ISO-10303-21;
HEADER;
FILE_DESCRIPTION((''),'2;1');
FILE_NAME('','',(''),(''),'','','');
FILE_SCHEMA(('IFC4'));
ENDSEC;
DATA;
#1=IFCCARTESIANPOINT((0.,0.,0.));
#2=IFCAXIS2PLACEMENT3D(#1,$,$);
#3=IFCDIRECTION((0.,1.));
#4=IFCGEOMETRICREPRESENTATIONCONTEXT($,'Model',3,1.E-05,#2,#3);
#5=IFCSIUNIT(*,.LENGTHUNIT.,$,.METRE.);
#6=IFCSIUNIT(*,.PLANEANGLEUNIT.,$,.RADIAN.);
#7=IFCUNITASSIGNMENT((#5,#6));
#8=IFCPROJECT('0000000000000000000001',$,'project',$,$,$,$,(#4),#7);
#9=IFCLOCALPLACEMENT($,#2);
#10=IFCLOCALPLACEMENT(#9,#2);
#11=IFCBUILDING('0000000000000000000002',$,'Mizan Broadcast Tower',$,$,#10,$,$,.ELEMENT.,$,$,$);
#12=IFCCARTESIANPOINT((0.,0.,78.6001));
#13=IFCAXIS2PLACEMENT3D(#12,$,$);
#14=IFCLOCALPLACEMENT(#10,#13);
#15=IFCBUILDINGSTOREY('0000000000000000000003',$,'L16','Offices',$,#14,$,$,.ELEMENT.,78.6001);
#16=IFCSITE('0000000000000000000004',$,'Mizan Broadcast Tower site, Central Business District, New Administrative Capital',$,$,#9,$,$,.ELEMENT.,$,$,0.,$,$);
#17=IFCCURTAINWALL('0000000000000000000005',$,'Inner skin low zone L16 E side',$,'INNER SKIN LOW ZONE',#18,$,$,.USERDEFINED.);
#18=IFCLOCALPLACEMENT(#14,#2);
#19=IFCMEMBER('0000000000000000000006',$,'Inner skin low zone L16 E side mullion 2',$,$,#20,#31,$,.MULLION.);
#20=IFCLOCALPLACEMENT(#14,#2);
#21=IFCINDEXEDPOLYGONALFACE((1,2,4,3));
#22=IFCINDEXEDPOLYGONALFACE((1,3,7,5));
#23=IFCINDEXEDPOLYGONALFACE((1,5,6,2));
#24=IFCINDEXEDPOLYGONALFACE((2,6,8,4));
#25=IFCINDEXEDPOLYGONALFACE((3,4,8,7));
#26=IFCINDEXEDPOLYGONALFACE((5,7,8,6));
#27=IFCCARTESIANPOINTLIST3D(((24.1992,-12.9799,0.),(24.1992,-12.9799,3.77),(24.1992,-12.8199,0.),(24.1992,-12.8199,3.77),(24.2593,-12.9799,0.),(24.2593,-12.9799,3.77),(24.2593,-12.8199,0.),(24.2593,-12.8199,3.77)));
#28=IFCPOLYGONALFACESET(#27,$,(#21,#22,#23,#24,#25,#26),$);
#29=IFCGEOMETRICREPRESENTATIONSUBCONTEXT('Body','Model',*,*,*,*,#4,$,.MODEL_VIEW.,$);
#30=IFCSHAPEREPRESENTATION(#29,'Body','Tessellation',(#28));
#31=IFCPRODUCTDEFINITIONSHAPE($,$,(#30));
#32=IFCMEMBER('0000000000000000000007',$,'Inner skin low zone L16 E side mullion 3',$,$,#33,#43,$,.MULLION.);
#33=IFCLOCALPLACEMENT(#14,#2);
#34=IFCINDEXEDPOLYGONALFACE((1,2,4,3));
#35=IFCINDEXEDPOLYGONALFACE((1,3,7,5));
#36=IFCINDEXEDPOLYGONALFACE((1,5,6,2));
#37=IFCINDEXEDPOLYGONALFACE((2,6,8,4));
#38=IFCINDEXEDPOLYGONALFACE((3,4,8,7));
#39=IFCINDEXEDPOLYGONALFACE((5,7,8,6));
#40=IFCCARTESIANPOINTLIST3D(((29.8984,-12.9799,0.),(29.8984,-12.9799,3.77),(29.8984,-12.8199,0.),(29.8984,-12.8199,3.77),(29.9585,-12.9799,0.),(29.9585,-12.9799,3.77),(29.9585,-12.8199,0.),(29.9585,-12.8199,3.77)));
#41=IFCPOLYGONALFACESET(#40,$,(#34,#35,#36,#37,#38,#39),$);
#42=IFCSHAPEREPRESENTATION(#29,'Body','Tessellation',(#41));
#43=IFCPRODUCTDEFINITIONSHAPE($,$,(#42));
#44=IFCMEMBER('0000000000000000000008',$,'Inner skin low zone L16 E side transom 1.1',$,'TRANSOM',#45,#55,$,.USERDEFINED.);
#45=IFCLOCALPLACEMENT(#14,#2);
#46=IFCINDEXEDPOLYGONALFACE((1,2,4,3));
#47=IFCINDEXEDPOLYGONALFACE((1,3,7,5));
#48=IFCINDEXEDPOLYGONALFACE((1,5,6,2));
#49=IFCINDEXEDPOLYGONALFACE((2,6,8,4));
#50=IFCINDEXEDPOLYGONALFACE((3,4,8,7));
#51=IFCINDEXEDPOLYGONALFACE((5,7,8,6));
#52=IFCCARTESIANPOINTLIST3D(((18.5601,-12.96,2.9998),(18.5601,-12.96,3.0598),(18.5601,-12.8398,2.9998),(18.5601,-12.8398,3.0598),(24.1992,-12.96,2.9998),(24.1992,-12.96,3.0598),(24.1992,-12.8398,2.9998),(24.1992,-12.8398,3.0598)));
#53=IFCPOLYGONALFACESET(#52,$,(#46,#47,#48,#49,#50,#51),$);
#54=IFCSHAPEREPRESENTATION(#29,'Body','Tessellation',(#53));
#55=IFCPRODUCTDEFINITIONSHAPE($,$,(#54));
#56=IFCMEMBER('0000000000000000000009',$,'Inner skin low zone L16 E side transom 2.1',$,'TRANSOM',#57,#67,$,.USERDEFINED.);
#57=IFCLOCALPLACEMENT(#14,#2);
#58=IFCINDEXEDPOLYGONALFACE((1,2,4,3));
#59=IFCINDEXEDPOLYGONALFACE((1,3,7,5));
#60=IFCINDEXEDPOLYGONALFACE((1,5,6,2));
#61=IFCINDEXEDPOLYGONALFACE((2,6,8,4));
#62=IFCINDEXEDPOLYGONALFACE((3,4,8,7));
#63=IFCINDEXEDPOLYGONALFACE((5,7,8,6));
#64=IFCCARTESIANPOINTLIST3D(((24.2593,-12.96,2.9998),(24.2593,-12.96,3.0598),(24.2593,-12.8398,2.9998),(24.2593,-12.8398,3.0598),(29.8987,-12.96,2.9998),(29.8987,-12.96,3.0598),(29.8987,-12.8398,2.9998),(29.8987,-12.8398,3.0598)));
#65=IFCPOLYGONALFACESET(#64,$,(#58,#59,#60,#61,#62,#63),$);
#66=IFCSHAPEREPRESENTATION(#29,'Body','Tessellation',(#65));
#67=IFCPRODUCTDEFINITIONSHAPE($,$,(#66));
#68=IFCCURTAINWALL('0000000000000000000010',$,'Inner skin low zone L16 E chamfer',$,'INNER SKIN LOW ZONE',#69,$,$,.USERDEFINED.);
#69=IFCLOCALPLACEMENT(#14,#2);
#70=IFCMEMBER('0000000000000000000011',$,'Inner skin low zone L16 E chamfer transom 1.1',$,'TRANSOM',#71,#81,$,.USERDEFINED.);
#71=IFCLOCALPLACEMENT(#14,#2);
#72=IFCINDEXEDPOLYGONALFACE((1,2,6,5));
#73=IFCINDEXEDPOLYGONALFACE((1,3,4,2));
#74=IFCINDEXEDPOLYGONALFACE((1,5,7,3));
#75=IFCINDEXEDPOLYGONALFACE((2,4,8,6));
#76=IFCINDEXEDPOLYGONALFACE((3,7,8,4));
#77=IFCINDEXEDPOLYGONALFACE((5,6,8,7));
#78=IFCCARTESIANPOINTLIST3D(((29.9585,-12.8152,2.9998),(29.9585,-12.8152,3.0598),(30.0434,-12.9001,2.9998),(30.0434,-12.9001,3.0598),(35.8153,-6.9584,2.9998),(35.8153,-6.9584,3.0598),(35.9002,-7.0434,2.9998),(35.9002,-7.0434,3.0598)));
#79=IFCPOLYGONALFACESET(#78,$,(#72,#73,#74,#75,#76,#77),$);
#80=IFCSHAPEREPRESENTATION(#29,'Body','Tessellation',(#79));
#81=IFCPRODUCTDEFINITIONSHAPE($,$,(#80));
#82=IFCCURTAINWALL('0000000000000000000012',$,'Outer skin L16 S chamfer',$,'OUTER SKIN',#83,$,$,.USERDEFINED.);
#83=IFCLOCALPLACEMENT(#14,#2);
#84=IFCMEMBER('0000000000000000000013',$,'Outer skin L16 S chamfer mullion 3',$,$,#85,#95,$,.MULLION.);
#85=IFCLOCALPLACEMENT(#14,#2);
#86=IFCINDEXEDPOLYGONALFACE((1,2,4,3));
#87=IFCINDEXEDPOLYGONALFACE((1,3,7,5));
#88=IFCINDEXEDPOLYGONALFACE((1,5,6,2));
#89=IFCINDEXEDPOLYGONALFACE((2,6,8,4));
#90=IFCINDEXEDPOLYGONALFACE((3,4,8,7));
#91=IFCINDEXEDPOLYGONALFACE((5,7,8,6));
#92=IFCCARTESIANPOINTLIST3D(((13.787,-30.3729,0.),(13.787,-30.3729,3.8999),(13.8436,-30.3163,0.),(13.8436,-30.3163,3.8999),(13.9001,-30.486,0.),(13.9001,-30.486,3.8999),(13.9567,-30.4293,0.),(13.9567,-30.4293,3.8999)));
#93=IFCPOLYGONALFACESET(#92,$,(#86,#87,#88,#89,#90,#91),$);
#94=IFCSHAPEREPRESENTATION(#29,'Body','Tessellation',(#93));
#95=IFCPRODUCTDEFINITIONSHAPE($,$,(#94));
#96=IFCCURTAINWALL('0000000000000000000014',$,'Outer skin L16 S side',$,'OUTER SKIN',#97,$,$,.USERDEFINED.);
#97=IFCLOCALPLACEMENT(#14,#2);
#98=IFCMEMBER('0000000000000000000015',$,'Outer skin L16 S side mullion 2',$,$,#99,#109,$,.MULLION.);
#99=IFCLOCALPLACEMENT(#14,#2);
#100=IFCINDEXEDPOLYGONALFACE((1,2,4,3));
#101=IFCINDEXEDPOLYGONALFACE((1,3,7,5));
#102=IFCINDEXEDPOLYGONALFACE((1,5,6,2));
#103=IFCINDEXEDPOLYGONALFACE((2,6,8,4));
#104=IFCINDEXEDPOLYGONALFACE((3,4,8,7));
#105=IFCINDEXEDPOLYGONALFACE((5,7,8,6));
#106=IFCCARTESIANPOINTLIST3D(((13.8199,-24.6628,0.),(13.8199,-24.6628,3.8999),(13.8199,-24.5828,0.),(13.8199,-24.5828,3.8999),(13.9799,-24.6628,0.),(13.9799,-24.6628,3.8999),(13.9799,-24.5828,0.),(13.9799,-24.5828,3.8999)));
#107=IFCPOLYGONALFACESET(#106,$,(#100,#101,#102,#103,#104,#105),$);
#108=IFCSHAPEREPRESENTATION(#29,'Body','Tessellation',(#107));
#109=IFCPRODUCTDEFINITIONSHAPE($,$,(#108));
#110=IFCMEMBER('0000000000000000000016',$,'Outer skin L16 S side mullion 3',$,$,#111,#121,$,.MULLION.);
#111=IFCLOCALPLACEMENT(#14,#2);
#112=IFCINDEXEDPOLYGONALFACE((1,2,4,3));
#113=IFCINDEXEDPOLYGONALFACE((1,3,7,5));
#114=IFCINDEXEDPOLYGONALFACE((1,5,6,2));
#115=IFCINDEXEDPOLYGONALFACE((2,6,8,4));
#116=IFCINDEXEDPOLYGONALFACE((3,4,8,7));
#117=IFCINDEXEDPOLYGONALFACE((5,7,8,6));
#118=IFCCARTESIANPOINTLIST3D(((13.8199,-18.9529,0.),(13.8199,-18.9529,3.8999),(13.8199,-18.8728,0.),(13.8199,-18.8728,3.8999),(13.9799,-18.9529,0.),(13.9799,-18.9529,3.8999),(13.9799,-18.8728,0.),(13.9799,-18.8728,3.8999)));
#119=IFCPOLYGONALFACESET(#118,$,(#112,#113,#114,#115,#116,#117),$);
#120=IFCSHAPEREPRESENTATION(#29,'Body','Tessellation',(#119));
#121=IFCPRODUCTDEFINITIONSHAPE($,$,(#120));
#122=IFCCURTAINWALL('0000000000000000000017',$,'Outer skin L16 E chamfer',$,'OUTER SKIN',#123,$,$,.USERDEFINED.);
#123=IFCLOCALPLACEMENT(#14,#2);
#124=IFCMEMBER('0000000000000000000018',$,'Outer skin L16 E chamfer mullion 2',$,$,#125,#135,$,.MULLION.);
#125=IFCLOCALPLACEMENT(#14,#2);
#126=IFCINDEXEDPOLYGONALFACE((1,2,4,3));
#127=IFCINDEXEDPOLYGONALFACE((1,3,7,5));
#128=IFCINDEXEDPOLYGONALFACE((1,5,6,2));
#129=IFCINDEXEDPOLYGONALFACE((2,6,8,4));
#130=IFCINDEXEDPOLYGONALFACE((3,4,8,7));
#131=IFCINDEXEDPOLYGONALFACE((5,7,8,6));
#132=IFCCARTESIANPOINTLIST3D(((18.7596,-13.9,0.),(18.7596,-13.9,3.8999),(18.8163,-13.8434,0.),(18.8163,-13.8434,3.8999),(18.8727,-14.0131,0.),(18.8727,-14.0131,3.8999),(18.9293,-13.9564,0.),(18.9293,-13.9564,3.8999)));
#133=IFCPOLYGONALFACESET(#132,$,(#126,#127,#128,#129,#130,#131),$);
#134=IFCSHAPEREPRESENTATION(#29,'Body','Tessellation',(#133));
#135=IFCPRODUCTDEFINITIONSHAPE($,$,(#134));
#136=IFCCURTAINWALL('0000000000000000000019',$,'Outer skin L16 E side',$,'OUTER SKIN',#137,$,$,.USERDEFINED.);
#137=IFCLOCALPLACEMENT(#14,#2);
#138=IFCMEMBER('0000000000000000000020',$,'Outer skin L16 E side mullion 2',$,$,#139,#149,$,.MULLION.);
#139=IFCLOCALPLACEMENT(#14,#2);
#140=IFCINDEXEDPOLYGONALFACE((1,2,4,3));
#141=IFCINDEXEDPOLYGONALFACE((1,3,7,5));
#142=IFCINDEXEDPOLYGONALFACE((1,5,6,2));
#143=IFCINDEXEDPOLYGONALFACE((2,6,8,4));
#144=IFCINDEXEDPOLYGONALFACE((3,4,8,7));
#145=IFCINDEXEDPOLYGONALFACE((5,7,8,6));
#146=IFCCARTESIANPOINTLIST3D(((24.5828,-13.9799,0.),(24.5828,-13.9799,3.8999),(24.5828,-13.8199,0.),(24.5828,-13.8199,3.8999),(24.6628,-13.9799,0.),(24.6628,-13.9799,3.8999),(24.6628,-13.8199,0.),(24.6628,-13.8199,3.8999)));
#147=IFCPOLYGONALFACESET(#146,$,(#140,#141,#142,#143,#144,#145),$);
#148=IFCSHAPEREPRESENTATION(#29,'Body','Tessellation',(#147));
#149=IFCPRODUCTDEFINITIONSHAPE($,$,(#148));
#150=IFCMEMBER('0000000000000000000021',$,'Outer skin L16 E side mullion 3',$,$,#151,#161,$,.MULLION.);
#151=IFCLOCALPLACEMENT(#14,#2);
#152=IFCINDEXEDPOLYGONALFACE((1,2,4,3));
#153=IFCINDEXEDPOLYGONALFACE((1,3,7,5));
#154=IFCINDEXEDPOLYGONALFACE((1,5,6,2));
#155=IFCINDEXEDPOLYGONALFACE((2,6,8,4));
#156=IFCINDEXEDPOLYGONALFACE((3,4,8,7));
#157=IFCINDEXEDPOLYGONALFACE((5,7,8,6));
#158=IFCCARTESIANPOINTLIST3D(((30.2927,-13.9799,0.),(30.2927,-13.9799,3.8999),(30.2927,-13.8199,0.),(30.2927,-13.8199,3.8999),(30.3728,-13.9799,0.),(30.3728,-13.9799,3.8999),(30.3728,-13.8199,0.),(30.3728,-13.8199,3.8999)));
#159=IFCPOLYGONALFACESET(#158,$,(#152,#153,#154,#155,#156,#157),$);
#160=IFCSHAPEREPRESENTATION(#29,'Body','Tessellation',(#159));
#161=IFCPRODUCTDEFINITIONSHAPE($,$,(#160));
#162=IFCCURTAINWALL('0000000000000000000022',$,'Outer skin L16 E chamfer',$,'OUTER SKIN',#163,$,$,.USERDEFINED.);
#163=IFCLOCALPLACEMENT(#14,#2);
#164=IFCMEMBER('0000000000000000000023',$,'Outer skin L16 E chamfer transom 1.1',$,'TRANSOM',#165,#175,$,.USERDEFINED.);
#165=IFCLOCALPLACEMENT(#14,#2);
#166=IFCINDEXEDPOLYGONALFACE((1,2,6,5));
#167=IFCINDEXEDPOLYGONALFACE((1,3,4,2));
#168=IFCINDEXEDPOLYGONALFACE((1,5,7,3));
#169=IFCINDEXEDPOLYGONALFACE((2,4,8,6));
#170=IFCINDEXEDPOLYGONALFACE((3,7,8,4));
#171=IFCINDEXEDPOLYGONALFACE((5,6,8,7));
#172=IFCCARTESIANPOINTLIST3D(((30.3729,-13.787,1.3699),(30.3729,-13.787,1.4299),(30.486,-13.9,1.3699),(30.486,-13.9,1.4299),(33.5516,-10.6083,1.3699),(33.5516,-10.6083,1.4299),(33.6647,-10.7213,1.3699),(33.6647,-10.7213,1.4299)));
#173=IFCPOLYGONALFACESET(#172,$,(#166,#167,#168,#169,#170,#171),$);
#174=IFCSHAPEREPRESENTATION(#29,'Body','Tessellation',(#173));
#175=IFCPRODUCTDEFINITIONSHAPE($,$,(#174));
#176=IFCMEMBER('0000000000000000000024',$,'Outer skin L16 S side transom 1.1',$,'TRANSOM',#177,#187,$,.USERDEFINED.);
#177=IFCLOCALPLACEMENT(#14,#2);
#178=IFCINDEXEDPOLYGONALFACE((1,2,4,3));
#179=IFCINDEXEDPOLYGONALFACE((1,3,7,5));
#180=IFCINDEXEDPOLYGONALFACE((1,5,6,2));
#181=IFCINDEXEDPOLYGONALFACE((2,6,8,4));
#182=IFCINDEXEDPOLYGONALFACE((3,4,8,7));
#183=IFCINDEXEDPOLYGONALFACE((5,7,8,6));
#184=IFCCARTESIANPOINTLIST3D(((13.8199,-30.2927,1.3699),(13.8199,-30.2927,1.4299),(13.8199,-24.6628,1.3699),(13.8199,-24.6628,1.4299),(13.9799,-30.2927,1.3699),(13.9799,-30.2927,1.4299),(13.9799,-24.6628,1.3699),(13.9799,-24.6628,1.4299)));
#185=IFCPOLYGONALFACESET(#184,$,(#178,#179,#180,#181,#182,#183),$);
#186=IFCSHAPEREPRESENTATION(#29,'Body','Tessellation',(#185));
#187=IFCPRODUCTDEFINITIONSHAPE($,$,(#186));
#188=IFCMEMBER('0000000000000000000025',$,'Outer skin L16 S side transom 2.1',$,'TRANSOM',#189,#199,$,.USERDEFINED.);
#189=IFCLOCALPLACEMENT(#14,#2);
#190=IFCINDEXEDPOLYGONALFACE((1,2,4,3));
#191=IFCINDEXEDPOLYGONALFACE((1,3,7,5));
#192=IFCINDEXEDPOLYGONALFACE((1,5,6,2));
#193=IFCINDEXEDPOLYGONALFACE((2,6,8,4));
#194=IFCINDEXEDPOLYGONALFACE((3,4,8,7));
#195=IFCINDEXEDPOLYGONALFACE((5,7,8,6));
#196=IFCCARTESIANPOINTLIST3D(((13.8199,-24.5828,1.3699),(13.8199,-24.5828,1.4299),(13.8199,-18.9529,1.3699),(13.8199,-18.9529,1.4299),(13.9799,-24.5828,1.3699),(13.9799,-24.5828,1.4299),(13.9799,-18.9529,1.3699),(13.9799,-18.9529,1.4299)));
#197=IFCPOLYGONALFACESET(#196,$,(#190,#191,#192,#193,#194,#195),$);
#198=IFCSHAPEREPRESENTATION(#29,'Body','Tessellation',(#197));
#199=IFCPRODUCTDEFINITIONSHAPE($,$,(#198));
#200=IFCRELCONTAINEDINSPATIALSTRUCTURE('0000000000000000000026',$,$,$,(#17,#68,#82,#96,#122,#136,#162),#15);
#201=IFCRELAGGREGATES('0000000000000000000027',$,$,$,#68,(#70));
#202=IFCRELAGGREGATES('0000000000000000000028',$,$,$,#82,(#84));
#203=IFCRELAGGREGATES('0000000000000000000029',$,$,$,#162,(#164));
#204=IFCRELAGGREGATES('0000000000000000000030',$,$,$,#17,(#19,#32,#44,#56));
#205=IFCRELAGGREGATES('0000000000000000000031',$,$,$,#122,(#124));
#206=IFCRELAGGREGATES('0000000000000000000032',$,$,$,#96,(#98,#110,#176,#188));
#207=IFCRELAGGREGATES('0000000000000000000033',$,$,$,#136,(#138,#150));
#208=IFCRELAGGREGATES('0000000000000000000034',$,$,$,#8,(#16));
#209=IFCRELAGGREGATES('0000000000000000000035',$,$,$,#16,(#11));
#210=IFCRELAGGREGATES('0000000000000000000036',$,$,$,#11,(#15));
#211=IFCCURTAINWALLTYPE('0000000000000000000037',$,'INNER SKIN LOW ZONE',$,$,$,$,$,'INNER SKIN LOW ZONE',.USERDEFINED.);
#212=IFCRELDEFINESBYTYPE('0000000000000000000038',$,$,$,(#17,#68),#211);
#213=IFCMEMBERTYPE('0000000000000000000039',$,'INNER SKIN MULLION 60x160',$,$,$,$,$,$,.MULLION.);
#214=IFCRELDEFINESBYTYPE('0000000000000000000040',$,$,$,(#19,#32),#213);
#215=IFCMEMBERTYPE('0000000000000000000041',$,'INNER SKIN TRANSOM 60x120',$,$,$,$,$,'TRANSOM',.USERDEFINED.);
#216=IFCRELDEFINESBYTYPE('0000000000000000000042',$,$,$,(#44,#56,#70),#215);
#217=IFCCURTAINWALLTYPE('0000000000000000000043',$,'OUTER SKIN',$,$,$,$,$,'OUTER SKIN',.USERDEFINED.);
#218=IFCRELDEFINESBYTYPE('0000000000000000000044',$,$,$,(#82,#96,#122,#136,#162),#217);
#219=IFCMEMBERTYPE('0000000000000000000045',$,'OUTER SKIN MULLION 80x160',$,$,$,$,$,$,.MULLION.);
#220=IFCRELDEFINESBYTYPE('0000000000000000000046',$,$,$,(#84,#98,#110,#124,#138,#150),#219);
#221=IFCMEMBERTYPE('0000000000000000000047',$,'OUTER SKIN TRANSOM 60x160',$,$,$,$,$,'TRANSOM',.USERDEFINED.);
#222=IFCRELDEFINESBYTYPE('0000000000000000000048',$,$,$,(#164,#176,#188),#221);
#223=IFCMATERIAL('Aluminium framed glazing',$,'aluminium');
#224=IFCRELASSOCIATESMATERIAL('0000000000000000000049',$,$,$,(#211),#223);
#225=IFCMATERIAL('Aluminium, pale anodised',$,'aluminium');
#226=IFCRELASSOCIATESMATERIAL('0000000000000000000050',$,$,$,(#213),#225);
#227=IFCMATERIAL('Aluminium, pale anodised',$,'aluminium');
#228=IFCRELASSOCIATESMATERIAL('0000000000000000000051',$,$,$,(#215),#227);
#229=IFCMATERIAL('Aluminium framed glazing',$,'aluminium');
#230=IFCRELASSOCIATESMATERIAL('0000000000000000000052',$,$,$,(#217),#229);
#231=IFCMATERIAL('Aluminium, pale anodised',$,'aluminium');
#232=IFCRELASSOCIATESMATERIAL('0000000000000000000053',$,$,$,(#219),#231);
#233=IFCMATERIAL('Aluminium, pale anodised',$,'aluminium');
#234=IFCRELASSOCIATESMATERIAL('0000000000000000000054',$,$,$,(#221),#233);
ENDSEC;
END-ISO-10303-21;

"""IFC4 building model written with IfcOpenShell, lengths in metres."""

from ifc_helpers import new_model, si_unit, direction, frame, origin, origin_2d, place, context, subcontext, project, spatial, rectangle, extrude, material, material_profile, profile_set, type_object, element, aggregate, save


model = new_model("IFC4")

# Units and contexts
model_context = context("Model", 3, precision=1e-05, world=origin(), true_north=direction((0.0, 1.0)))
body_context = subcontext(model_context, "Body", "Model", "MODEL_VIEW")
ifc_project = project(units=[si_unit("LENGTHUNIT", "METRE"), si_unit("PLANEANGLEUNIT", "RADIAN")], contexts=[model_context])

# Site, building, storey
site_placement = place(None, origin())
site = spatial("IfcSite", under=ifc_project, at=site_placement, Name="Mizan Broadcast Tower site, Central Business District, New Administrative Capital", CompositionType="ELEMENT", RefElevation=0.0)
building_placement = place(site_placement, origin())
building = spatial("IfcBuilding", under=site, at=building_placement, Name="Mizan Broadcast Tower", CompositionType="ELEMENT")
storey_placement = place(building_placement, frame((0.0, 0.0, 78.6001)))
storey = spatial("IfcBuildingStorey", under=building, at=storey_placement, Name="L16", Description="Offices", CompositionType="ELEMENT", Elevation=78.6001)

# Curtain wall, members
ifc_material_1 = material(Name="Aluminium framed glazing", Category="aluminium")
curtain_wall_type_1 = type_object("IfcCurtainWallType", Name="INNER SKIN LOW ZONE", ElementType="INNER SKIN LOW ZONE", PredefinedType="USERDEFINED", material=ifc_material_1)
curtain_wall_1_placement = place(storey_placement, origin())
curtain_wall_1 = element("IfcCurtainWall", 1, at=curtain_wall_1_placement, inside=storey, type_object=curtain_wall_type_1, Name="Inner skin low zone L16 E side", ObjectType="INNER SKIN LOW ZONE", PredefinedType="USERDEFINED")
ifc_material_2 = material(Name="Aluminium, pale anodised", Category="aluminium")
ifc_material_profile_1 = material_profile(ifc_material_2, rectangle(XDim=0.1599, YDim=0.0601, at=origin_2d()), Name="MULLION 160x60")
ifc_profile_set_1 = profile_set([ifc_material_profile_1], Name="Aluminium, pale anodised")
member_type_1 = type_object("IfcMemberType", Name="INNER SKIN MULLION 60x160", PredefinedType="MULLION", material=ifc_profile_set_1)
member_1_placement = place(storey_placement, frame((24.2292, -12.8999, 0.0), z_axis=(0.0, 0.0, 1.0), x_axis=(0.0, 1.0, 0.0)))
member_1 = element("IfcMember", 2, at=member_1_placement, type_object=member_type_1, Name="Inner skin low zone L16 E side mullion 2", PredefinedType="MULLION", context=body_context, shape_type="SweptSolid", body=[
    extrude(rectangle(XDim=0.1599, YDim=0.0601, at=origin_2d()), origin(), (0.0, 0.0, 1.0), 3.77),
])
member_2_placement = place(storey_placement, frame((29.9285, -12.8999, 0.0), z_axis=(0.0, 0.0, 1.0), x_axis=(0.0, 1.0, 0.0)))
member_2 = element("IfcMember", 3, at=member_2_placement, type_object=member_type_1, Name="Inner skin low zone L16 E side mullion 3", PredefinedType="MULLION", context=body_context, shape_type="SweptSolid", body=[
    extrude(rectangle(XDim=0.1599, YDim=0.0601, at=origin_2d()), origin(), (0.0, 0.0, 1.0), 3.77),
])
ifc_material_3 = material(Name="Aluminium, pale anodised", Category="aluminium")
ifc_material_profile_2 = material_profile(ifc_material_3, rectangle(XDim=0.1201, YDim=0.0601, at=origin_2d()), Name="TRANSOM 120x60")
ifc_profile_set_2 = profile_set([ifc_material_profile_2], Name="Aluminium, pale anodised")
member_type_2 = type_object("IfcMemberType", Name="INNER SKIN TRANSOM 60x120", ElementType="TRANSOM", PredefinedType="USERDEFINED", material=ifc_profile_set_2)
member_3_placement = place(storey_placement, frame((18.5601, -12.8999, 3.0298), z_axis=(1.0, 0.0, 0.0), x_axis=(0.0, 1.0, 0.0)))
member_3 = element("IfcMember", 4, at=member_3_placement, type_object=member_type_2, Name="Inner skin low zone L16 E side transom 1.1", ObjectType="TRANSOM", PredefinedType="USERDEFINED", context=body_context, shape_type="SweptSolid", body=[
    extrude(rectangle(XDim=0.1201, YDim=0.0601, at=origin_2d()), origin(), (0.0, 0.0, 1.0), 5.6392),
])
member_4_placement = place(storey_placement, frame((24.2593, -12.8999, 3.0298), z_axis=(1.0, 0.0, 0.0), x_axis=(0.0, 1.0, 0.0)))
member_4 = element("IfcMember", 5, at=member_4_placement, type_object=member_type_2, Name="Inner skin low zone L16 E side transom 2.1", ObjectType="TRANSOM", PredefinedType="USERDEFINED", context=body_context, shape_type="SweptSolid", body=[
    extrude(rectangle(XDim=0.1201, YDim=0.0601, at=origin_2d()), origin(), (0.0, 0.0, 1.0), 5.6394),
])

# Curtain walls, members
curtain_wall_2_placement = place(storey_placement, origin())
curtain_wall_2 = element("IfcCurtainWall", 6, at=curtain_wall_2_placement, inside=storey, type_object=curtain_wall_type_1, Name="Inner skin low zone L16 E chamfer", ObjectType="INNER SKIN LOW ZONE", PredefinedType="USERDEFINED")
member_5_placement = place(storey_placement, frame((30.001, -12.8577, 3.0298), z_axis=(0.707107, 0.707107, 0.0), x_axis=(-0.707107, 0.707107, 0.0)))
member_5 = element("IfcMember", 7, at=member_5_placement, type_object=member_type_2, Name="Inner skin low zone L16 E chamfer transom 1.1", ObjectType="TRANSOM", PredefinedType="USERDEFINED", context=body_context, shape_type="SweptSolid", body=[
    extrude(rectangle(XDim=0.1201, YDim=0.0601, at=origin_2d()), origin(), (0.0, 0.0, 1.0), 8.2827),
])
aggregate(curtain_wall_2, [member_5])
ifc_material_4 = material(Name="Aluminium framed glazing", Category="aluminium")
curtain_wall_type_2 = type_object("IfcCurtainWallType", Name="OUTER SKIN", ElementType="OUTER SKIN", PredefinedType="USERDEFINED", material=ifc_material_4)
curtain_wall_3_placement = place(storey_placement, origin())
curtain_wall_3 = element("IfcCurtainWall", 8, at=curtain_wall_3_placement, inside=storey, type_object=curtain_wall_type_2, Name="Outer skin L16 S chamfer", ObjectType="OUTER SKIN", PredefinedType="USERDEFINED")
ifc_material_5 = material(Name="Aluminium, pale anodised", Category="aluminium")
ifc_material_profile_3 = material_profile(ifc_material_5, rectangle(XDim=0.1599, YDim=0.0801, at=origin_2d()), Name="MULLION 160x80")
ifc_profile_set_3 = profile_set([ifc_material_profile_3], Name="Aluminium, pale anodised")
member_type_3 = type_object("IfcMemberType", Name="OUTER SKIN MULLION 80x160", PredefinedType="MULLION", material=ifc_profile_set_3)
member_6_placement = place(storey_placement, frame((13.8718, -30.4011, 0.0), z_axis=(0.0, 0.0, 1.0), x_axis=(-0.707107, 0.707107, 0.0)))
member_6 = element("IfcMember", 9, at=member_6_placement, type_object=member_type_3, Name="Outer skin L16 S chamfer mullion 3", PredefinedType="MULLION", context=body_context, shape_type="SweptSolid", body=[
    extrude(rectangle(XDim=0.1599, YDim=0.0801, at=origin_2d()), origin(), (0.0, 0.0, 1.0), 3.8999),
])
aggregate(curtain_wall_3, [member_6])

# Curtain wall, members
curtain_wall_4_placement = place(storey_placement, origin())
curtain_wall_4 = element("IfcCurtainWall", 10, at=curtain_wall_4_placement, inside=storey, type_object=curtain_wall_type_2, Name="Outer skin L16 S side", ObjectType="OUTER SKIN", PredefinedType="USERDEFINED")
member_7_placement = place(storey_placement, frame((13.8999, -24.6228, 0.0), z_axis=(0.0, 0.0, 1.0), x_axis=(-1.0, 0.0, 0.0)))
member_7 = element("IfcMember", 11, at=member_7_placement, type_object=member_type_3, Name="Outer skin L16 S side mullion 2", PredefinedType="MULLION", context=body_context, shape_type="SweptSolid", body=[
    extrude(rectangle(XDim=0.1599, YDim=0.0801, at=origin_2d()), origin(), (0.0, 0.0, 1.0), 3.8999),
])
member_8_placement = place(storey_placement, frame((13.8999, -18.9128, 0.0), z_axis=(0.0, 0.0, 1.0), x_axis=(-1.0, 0.0, 0.0)))
member_8 = element("IfcMember", 12, at=member_8_placement, type_object=member_type_3, Name="Outer skin L16 S side mullion 3", PredefinedType="MULLION", context=body_context, shape_type="SweptSolid", body=[
    extrude(rectangle(XDim=0.1599, YDim=0.0801, at=origin_2d()), origin(), (0.0, 0.0, 1.0), 3.8999),
])

# Curtain wall, member
curtain_wall_5_placement = place(storey_placement, origin())
curtain_wall_5 = element("IfcCurtainWall", 13, at=curtain_wall_5_placement, inside=storey, type_object=curtain_wall_type_2, Name="Outer skin L16 E chamfer", ObjectType="OUTER SKIN", PredefinedType="USERDEFINED")
member_9_placement = place(storey_placement, frame((18.8445, -13.9282, 0.0), z_axis=(0.0, 0.0, 1.0), x_axis=(-0.707107, 0.707107, 0.0)))
member_9 = element("IfcMember", 14, at=member_9_placement, type_object=member_type_3, Name="Outer skin L16 E chamfer mullion 2", PredefinedType="MULLION", context=body_context, shape_type="SweptSolid", body=[
    extrude(rectangle(XDim=0.1599, YDim=0.0801, at=origin_2d()), origin(), (0.0, 0.0, 1.0), 3.8999),
])

# Curtain wall, members
curtain_wall_6_placement = place(storey_placement, origin())
curtain_wall_6 = element("IfcCurtainWall", 15, at=curtain_wall_6_placement, inside=storey, type_object=curtain_wall_type_2, Name="Outer skin L16 E side", ObjectType="OUTER SKIN", PredefinedType="USERDEFINED")
member_10_placement = place(storey_placement, frame((24.6228, -13.8999, 0.0), z_axis=(0.0, 0.0, 1.0), x_axis=(0.0, 1.0, 0.0)))
member_10 = element("IfcMember", 16, at=member_10_placement, type_object=member_type_3, Name="Outer skin L16 E side mullion 2", PredefinedType="MULLION", context=body_context, shape_type="SweptSolid", body=[
    extrude(rectangle(XDim=0.1599, YDim=0.0801, at=origin_2d()), origin(), (0.0, 0.0, 1.0), 3.8999),
])
member_11_placement = place(storey_placement, frame((30.3328, -13.8999, 0.0), z_axis=(0.0, 0.0, 1.0), x_axis=(0.0, 1.0, 0.0)))
member_11 = element("IfcMember", 17, at=member_11_placement, type_object=member_type_3, Name="Outer skin L16 E side mullion 3", PredefinedType="MULLION", context=body_context, shape_type="SweptSolid", body=[
    extrude(rectangle(XDim=0.1599, YDim=0.0801, at=origin_2d()), origin(), (0.0, 0.0, 1.0), 3.8999),
])

# Curtain wall, member
curtain_wall_7_placement = place(storey_placement, origin())
curtain_wall_7 = element("IfcCurtainWall", 18, at=curtain_wall_7_placement, inside=storey, type_object=curtain_wall_type_2, Name="Outer skin L16 E chamfer", ObjectType="OUTER SKIN", PredefinedType="USERDEFINED")
ifc_material_6 = material(Name="Aluminium, pale anodised", Category="aluminium")
ifc_material_profile_4 = material_profile(ifc_material_6, rectangle(XDim=0.1599, YDim=0.0601, at=origin_2d()), Name="TRANSOM 160x60")
ifc_profile_set_4 = profile_set([ifc_material_profile_4], Name="Aluminium, pale anodised")
member_type_4 = type_object("IfcMemberType", Name="OUTER SKIN TRANSOM 60x160", ElementType="TRANSOM", PredefinedType="USERDEFINED", material=ifc_profile_set_4)
member_12_placement = place(storey_placement, frame((30.4294, -13.8435, 1.3999), z_axis=(0.707107, 0.707107, 0.0), x_axis=(-0.707107, 0.707107, 0.0)))
member_12 = element("IfcMember", 19, at=member_12_placement, type_object=member_type_4, Name="Outer skin L16 E chamfer transom 1.1", ObjectType="TRANSOM", PredefinedType="USERDEFINED", context=body_context, shape_type="SweptSolid", body=[
    extrude(rectangle(XDim=0.1599, YDim=0.0601, at=origin_2d()), origin(), (0.0, 0.0, 1.0), 4.4954),
])
aggregate(curtain_wall_7, [member_12])

# Members
member_13_placement = place(storey_placement, frame((13.8999, -30.2927, 1.3999), z_axis=(0.0, 1.0, 0.0), x_axis=(-1.0, 0.0, 0.0)))
member_13 = element("IfcMember", 20, at=member_13_placement, type_object=member_type_4, Name="Outer skin L16 S side transom 1.1", ObjectType="TRANSOM", PredefinedType="USERDEFINED", context=body_context, shape_type="SweptSolid", body=[
    extrude(rectangle(XDim=0.1599, YDim=0.0601, at=origin_2d()), origin(), (0.0, 0.0, 1.0), 5.6299),
])
member_14_placement = place(storey_placement, frame((13.8999, -24.5828, 1.3999), z_axis=(0.0, 1.0, 0.0), x_axis=(-1.0, 0.0, 0.0)))
member_14 = element("IfcMember", 21, at=member_14_placement, type_object=member_type_4, Name="Outer skin L16 S side transom 2.1", ObjectType="TRANSOM", PredefinedType="USERDEFINED", context=body_context, shape_type="SweptSolid", body=[
    extrude(rectangle(XDim=0.1599, YDim=0.0601, at=origin_2d()), origin(), (0.0, 0.0, 1.0), 5.6299),
])

aggregate(curtain_wall_1, [member_1, member_2, member_3, member_4])
aggregate(curtain_wall_5, [member_9])
aggregate(curtain_wall_4, [member_7, member_8, member_13, member_14])
aggregate(curtain_wall_6, [member_10, member_11])

save(model, "model.ifc")
